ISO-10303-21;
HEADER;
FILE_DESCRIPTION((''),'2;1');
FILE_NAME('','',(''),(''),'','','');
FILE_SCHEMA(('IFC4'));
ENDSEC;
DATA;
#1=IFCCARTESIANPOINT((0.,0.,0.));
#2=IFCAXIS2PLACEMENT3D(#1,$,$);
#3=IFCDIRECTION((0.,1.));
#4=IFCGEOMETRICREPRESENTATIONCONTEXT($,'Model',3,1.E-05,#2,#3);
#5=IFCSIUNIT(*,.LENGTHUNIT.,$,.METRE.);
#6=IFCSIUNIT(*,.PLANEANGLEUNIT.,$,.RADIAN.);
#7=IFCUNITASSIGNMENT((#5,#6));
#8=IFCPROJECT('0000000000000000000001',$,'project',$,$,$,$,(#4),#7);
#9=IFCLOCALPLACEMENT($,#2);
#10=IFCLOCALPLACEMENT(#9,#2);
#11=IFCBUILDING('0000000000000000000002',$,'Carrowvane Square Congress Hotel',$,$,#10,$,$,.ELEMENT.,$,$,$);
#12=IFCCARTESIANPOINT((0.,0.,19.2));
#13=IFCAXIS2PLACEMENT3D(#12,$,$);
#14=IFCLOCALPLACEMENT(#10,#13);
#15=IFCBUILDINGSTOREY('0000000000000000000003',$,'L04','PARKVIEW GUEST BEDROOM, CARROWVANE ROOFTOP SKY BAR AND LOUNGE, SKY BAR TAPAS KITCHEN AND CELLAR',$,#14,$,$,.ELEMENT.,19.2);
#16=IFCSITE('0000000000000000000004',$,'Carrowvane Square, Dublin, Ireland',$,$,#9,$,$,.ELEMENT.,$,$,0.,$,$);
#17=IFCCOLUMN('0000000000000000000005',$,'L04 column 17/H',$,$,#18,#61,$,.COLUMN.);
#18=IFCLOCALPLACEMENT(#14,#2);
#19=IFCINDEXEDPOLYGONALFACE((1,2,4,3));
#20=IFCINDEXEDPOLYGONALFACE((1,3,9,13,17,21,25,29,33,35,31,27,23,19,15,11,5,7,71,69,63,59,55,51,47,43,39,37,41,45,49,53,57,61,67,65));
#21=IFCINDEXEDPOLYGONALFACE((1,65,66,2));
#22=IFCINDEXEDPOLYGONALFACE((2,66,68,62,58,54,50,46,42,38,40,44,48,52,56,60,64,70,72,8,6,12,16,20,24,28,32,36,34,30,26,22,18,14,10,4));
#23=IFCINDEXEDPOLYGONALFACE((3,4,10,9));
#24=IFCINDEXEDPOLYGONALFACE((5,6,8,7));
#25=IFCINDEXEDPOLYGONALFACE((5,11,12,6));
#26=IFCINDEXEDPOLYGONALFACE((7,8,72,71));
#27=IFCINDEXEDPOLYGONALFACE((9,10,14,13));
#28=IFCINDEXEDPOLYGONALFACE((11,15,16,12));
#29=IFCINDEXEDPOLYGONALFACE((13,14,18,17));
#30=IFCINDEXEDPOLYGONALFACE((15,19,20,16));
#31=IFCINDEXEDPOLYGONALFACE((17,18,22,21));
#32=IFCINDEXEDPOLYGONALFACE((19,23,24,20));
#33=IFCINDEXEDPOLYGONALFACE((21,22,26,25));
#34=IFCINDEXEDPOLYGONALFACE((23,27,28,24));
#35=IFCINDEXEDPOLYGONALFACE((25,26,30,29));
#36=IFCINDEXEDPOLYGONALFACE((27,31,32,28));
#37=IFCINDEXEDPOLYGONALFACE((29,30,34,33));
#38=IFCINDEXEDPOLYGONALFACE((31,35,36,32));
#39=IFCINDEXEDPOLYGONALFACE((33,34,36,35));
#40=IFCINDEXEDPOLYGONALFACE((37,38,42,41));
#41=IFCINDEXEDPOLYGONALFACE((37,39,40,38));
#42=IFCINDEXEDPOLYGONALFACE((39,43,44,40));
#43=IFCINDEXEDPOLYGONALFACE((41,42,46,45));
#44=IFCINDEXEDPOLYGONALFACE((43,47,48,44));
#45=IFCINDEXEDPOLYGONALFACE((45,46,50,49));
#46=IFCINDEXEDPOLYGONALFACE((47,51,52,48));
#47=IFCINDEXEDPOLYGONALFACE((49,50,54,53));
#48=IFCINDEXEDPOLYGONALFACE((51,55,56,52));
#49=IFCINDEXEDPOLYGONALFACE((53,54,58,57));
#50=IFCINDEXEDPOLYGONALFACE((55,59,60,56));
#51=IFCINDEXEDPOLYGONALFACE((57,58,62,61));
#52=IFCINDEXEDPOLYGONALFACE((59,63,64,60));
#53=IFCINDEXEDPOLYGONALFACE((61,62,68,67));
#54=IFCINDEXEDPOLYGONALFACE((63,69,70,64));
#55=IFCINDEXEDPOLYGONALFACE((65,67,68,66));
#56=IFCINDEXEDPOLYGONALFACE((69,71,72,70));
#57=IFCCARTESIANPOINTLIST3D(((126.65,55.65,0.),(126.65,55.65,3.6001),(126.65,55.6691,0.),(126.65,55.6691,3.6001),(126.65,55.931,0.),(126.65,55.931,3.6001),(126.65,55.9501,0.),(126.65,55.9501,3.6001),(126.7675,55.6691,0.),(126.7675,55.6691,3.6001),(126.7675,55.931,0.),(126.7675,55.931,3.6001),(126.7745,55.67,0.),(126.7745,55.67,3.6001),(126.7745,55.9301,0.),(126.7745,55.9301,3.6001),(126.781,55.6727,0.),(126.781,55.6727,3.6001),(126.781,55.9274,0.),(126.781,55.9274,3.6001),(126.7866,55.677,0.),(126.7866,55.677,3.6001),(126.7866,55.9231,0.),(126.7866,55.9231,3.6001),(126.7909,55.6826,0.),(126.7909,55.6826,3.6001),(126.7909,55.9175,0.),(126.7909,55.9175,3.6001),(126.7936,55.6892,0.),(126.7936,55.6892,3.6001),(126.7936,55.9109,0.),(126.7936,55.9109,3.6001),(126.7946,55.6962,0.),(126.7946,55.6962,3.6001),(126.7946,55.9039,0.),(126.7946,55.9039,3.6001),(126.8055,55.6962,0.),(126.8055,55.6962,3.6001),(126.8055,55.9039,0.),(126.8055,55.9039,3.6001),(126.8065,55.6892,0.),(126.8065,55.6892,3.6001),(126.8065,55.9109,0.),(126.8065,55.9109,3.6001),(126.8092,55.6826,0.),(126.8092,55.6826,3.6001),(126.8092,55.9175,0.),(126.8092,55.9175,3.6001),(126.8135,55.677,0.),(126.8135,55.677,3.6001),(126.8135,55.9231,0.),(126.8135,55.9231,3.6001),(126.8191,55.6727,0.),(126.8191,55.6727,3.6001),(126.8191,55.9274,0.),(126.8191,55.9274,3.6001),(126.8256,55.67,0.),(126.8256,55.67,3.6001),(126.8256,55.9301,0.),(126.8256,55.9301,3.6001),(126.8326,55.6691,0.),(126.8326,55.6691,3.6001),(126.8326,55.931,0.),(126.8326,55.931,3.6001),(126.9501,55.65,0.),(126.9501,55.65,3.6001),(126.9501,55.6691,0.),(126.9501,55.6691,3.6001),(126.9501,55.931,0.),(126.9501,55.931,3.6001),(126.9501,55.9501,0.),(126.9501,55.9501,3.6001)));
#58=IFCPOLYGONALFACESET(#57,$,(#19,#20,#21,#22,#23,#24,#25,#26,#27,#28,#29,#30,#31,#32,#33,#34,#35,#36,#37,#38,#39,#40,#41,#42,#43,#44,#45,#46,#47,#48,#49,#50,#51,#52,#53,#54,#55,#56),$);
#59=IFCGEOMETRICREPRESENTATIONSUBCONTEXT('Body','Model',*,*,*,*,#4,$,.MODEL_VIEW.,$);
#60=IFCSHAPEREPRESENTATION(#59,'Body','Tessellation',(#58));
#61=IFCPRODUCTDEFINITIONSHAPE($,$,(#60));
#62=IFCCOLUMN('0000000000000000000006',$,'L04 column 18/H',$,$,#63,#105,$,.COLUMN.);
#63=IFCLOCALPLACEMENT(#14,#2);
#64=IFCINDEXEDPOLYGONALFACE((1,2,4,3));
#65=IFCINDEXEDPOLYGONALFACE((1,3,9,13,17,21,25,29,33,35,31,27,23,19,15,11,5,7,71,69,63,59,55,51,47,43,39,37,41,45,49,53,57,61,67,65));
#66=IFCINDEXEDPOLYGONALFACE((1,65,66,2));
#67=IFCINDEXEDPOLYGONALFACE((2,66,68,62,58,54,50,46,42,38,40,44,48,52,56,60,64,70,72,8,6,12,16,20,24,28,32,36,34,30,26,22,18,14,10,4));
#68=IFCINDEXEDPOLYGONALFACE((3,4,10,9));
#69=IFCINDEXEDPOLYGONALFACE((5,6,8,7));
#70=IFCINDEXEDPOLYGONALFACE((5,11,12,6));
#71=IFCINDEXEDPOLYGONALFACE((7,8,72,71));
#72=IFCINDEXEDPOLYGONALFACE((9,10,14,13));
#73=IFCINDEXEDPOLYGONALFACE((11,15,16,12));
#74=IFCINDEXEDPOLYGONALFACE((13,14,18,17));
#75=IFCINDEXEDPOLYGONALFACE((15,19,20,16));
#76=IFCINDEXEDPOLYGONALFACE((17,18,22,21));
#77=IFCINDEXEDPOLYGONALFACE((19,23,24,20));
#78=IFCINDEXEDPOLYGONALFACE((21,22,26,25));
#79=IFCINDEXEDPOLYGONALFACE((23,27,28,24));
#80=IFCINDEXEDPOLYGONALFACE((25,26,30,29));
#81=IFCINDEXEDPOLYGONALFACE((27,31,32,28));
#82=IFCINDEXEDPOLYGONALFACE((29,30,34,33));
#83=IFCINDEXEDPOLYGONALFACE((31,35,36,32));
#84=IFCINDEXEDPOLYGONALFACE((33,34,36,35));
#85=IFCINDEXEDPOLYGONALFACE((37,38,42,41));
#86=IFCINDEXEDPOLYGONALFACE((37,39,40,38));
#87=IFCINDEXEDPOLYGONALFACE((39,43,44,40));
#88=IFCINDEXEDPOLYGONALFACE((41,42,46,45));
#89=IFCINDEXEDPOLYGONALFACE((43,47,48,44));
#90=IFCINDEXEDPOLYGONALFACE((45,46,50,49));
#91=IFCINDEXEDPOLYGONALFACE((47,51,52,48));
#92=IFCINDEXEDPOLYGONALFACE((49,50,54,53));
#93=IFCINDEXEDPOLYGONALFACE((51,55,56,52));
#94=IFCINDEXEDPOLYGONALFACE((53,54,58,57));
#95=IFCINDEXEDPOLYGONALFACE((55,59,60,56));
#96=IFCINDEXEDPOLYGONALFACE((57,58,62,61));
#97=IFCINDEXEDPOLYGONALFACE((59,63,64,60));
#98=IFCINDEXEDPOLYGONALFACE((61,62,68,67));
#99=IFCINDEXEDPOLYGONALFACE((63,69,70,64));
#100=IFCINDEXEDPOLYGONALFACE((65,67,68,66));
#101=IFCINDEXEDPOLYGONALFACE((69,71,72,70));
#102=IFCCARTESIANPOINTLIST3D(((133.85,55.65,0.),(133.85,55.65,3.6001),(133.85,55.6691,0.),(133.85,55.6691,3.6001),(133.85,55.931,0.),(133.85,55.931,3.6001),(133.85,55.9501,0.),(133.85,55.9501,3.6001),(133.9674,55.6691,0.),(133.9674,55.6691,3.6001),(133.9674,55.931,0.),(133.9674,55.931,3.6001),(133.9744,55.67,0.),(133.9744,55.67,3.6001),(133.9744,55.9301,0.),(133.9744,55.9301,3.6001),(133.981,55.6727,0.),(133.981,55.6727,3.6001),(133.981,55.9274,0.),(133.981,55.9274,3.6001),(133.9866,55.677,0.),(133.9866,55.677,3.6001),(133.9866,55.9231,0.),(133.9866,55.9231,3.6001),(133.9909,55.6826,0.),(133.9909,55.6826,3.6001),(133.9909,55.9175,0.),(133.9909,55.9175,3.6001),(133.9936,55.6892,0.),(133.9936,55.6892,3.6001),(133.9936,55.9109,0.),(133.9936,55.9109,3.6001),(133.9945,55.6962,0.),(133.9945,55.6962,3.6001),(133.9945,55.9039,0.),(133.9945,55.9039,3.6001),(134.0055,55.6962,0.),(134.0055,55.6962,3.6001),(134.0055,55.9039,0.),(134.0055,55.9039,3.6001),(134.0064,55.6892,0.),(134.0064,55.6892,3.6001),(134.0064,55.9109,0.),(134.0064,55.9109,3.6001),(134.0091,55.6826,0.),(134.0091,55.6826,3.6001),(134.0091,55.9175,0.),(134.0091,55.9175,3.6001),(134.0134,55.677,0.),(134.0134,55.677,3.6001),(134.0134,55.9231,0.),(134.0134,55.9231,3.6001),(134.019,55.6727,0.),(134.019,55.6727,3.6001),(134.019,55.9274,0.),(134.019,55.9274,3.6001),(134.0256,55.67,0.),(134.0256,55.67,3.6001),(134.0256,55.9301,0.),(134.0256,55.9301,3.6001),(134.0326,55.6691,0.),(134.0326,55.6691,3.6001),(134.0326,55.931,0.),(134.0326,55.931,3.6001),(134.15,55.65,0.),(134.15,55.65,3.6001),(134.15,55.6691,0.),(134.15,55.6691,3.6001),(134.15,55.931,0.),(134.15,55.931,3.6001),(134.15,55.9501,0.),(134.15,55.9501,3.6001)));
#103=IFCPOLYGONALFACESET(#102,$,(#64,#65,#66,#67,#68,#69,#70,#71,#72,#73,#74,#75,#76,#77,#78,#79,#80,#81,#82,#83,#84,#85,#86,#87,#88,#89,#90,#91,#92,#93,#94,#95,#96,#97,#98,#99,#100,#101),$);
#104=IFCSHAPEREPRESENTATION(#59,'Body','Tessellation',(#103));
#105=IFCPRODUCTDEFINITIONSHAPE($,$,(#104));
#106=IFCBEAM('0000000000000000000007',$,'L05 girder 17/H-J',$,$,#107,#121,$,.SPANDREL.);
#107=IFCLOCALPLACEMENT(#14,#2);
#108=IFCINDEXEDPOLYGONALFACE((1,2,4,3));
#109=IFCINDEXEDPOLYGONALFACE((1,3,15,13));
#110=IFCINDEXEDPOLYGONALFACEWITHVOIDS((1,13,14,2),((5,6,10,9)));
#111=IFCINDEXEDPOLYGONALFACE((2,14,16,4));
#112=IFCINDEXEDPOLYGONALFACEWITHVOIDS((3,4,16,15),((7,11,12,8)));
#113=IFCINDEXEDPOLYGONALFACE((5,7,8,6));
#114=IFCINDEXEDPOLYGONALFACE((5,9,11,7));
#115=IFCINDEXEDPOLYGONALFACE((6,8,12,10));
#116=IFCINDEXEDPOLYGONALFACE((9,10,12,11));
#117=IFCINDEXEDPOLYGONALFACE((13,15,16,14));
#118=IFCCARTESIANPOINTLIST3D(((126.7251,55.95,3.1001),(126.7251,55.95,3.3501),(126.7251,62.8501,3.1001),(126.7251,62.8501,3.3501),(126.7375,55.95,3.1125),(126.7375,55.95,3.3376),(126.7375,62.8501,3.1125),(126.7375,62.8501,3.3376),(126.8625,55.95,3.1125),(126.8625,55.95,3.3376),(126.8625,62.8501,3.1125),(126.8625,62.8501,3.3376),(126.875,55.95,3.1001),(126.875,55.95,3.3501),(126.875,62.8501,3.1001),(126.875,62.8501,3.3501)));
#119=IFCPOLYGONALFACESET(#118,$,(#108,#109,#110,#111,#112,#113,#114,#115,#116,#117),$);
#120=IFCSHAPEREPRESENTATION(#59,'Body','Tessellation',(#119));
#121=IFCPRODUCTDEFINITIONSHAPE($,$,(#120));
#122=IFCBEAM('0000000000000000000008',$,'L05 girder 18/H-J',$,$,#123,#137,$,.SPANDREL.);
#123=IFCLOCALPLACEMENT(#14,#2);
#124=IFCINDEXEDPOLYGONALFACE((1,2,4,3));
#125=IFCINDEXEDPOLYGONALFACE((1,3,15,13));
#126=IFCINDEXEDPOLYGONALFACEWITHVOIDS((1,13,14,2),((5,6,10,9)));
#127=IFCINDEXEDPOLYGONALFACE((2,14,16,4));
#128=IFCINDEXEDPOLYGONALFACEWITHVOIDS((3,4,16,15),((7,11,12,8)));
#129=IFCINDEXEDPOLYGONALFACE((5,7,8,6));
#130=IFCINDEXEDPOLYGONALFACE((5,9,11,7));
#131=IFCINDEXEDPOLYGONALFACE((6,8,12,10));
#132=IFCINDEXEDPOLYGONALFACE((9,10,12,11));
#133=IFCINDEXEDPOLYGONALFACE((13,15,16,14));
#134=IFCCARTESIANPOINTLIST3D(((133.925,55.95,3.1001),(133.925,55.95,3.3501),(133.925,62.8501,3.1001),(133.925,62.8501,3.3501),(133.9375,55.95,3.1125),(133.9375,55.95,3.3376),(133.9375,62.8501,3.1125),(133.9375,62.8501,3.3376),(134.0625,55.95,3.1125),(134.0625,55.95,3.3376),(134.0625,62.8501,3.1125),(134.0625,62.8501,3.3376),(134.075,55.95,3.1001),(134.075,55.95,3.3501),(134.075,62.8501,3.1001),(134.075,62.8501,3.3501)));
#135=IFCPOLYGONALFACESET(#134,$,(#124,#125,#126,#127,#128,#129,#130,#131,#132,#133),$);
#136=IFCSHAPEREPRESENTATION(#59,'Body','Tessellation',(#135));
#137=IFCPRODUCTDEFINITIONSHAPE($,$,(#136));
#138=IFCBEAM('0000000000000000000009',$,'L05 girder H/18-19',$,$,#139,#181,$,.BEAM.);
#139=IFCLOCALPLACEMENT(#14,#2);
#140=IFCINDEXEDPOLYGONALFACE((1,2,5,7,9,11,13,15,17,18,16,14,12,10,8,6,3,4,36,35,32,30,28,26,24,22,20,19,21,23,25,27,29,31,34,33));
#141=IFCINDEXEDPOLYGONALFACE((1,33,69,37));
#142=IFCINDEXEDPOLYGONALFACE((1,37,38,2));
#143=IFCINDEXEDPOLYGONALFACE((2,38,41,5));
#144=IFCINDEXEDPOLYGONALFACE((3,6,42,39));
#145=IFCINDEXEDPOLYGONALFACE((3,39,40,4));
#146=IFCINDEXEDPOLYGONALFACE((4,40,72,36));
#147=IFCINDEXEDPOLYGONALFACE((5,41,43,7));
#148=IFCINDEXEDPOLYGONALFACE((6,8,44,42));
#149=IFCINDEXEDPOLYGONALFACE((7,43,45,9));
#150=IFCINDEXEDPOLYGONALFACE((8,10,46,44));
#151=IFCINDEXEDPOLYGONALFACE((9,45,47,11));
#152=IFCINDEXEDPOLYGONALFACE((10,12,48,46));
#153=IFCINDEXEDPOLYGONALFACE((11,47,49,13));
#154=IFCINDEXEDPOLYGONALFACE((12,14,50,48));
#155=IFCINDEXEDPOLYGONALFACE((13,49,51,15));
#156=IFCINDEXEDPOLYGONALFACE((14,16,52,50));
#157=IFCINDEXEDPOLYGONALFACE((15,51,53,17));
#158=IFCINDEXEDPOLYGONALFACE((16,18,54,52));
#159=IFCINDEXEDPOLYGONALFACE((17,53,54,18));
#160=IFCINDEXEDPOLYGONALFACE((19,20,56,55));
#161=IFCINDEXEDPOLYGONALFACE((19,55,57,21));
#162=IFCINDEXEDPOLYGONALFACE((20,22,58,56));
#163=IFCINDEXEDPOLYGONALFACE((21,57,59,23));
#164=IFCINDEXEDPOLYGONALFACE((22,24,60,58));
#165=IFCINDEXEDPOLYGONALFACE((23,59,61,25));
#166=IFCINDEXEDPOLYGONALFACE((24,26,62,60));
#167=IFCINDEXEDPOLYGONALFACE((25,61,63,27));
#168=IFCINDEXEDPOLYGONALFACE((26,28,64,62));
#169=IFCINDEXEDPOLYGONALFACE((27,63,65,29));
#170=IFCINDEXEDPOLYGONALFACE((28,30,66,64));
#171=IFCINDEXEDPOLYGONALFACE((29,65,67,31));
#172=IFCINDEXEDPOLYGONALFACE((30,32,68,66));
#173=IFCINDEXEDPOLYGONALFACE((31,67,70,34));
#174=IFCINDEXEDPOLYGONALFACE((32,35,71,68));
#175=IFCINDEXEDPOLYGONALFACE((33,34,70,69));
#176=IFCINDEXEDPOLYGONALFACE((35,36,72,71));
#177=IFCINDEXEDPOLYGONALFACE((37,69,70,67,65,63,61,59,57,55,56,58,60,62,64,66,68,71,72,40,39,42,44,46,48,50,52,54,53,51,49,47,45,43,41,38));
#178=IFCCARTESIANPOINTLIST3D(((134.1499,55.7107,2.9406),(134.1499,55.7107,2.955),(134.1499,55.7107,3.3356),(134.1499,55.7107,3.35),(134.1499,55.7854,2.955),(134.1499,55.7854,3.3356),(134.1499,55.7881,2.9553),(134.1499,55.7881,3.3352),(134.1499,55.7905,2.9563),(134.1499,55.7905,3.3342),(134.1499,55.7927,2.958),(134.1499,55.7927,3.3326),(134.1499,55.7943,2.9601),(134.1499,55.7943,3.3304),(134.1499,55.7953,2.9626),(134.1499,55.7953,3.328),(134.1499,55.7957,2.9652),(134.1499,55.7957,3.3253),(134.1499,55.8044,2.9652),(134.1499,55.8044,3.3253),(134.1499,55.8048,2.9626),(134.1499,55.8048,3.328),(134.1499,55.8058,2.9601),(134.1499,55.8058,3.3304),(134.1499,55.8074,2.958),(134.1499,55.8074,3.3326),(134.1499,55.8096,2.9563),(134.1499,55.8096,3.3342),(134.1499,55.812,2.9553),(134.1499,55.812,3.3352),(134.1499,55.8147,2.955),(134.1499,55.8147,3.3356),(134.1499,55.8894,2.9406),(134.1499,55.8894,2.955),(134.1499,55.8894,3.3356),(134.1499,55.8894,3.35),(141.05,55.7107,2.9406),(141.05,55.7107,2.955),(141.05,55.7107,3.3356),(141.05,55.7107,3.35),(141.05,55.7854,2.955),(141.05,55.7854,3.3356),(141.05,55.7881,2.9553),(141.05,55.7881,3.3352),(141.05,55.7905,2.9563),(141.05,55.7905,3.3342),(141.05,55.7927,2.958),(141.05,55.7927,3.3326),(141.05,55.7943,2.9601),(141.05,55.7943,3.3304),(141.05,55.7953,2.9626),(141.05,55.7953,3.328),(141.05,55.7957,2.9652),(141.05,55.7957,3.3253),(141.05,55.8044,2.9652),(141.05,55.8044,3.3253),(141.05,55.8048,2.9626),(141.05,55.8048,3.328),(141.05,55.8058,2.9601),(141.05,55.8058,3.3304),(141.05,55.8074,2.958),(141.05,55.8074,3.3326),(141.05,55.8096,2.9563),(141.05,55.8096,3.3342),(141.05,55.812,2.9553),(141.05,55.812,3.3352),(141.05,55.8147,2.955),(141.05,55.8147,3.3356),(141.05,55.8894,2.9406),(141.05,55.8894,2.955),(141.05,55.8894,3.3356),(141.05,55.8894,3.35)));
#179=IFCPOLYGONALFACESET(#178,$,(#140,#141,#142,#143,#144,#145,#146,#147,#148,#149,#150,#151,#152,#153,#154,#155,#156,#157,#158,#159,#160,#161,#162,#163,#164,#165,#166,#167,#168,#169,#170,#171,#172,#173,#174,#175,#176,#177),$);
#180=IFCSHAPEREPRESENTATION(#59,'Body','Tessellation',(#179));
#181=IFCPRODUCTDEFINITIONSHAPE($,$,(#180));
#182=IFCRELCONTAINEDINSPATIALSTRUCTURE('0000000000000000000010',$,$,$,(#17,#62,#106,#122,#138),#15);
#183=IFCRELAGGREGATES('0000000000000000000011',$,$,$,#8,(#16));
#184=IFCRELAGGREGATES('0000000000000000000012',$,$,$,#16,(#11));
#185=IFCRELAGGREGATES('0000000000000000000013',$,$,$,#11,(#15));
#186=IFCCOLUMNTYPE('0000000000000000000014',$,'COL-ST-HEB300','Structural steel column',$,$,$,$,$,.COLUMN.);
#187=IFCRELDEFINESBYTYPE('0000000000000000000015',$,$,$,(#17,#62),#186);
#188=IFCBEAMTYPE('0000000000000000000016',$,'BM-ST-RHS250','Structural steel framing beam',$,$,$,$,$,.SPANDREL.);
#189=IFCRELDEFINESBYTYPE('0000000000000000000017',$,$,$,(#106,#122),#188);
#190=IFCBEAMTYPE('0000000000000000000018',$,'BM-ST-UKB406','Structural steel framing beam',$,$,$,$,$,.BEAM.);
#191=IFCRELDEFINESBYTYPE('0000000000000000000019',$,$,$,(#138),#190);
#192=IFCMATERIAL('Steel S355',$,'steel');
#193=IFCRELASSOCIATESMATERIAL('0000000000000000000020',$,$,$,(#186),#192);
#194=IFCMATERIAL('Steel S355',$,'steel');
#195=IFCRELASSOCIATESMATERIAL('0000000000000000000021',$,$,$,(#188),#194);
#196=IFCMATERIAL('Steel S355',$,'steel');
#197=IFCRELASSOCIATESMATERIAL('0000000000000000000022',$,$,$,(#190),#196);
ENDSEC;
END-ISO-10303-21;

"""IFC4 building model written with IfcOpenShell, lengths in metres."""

from ifc_helpers import new_model, si_unit, direction, frame, origin, origin_2d, place, context, subcontext, project, spatial, hollow_rectangle, i_section, extrude, material, material_profile, profile_set, type_object, element, save


model = new_model("IFC4")

# Units and contexts
model_context = context("Model", 3, precision=1e-05, world=origin(), true_north=direction((0.0, 1.0)))
body_context = subcontext(model_context, "Body", "Model", "MODEL_VIEW")
ifc_project = project(units=[si_unit("LENGTHUNIT", "METRE"), si_unit("PLANEANGLEUNIT", "RADIAN")], contexts=[model_context])

# Site, building, storey
site_placement = place(None, origin())
site = spatial("IfcSite", under=ifc_project, at=site_placement, Name="Carrowvane Square, Dublin, Ireland", CompositionType="ELEMENT", RefElevation=0.0)
building_placement = place(site_placement, origin())
building = spatial("IfcBuilding", under=site, at=building_placement, Name="Carrowvane Square Congress Hotel", CompositionType="ELEMENT")
storey_placement = place(building_placement, frame((0.0, 0.0, 19.2)))
storey = spatial("IfcBuildingStorey", under=building, at=storey_placement, Name="L04", Description="PARKVIEW GUEST BEDROOM, CARROWVANE ROOFTOP SKY BAR AND LOUNGE, SKY BAR TAPAS KITCHEN AND CELLAR", CompositionType="ELEMENT", Elevation=19.2)

# Columns
ifc_material_1 = material(Name="Steel S355", Category="steel")
ifc_material_profile_1 = material_profile(ifc_material_1, i_section(OverallWidth=0.3, OverallDepth=0.3, WebThickness=0.011, FlangeThickness=0.019, FilletRadius=0.0271, at=origin_2d()), Name="HEB 300")
ifc_profile_set_1 = profile_set([ifc_material_profile_1], Name="Steel S355")
column_type = type_object("IfcColumnType", Name="COL-ST-HEB300", Description="Structural steel column", PredefinedType="COLUMN", material=ifc_profile_set_1)
for number, where, z_axis, x_axis, name in (
    (1, (126.8, 55.8, 0.0), (0.0, 0.0, 1.0), (1.0, 0.0, 0.0), "L04 column 17/H"),
    (2, (134.0, 55.8, 0.0), (0.0, 0.0, 1.0), (1.0, 0.0, 0.0), "L04 column 18/H"),
):
    element("IfcColumn", number, at=place(storey_placement, frame(where, z_axis=z_axis, x_axis=x_axis)), inside=storey, type_object=column_type, Name=name, PredefinedType="COLUMN", context=body_context, shape_type="SweptSolid", body=[
        extrude(i_section(OverallWidth=0.3, OverallDepth=0.3, WebThickness=0.011, FlangeThickness=0.019, FilletRadius=0.0271, at=origin_2d()), origin(), (0.0, 0.0, 1.0), 3.6001),
    ])

# Beams
ifc_material_2 = material(Name="Steel S355", Category="steel")
ifc_material_profile_2 = material_profile(ifc_material_2, hollow_rectangle(XDim=0.1499, YDim=0.25, WallThickness=0.0125, at=origin_2d()), Name="RHS 250x150x12.5")
ifc_profile_set_2 = profile_set([ifc_material_profile_2], Name="Steel S355")
beam_type_1 = type_object("IfcBeamType", Name="BM-ST-RHS250", Description="Structural steel framing beam", PredefinedType="SPANDREL", material=ifc_profile_set_2)
for number, where, z_axis, x_axis, name in (
    (3, (126.8, 55.95, 3.2251), (0.0, 1.0, 0.0), (-1.0, 0.0, 0.0), "L05 girder 17/H-J"),
    (4, (134.0, 55.95, 3.2251), (0.0, 1.0, 0.0), (-1.0, 0.0, 0.0), "L05 girder 18/H-J"),
):
    element("IfcBeam", number, at=place(storey_placement, frame(where, z_axis=z_axis, x_axis=x_axis)), inside=storey, type_object=beam_type_1, Name=name, PredefinedType="SPANDREL", context=body_context, shape_type="SweptSolid", body=[
        extrude(hollow_rectangle(XDim=0.1499, YDim=0.25, WallThickness=0.0125, at=origin_2d()), origin(), (0.0, 0.0, 1.0), 6.9001),
    ])
ifc_material_3 = material(Name="Steel S355", Category="steel")
ifc_material_profile_3 = material_profile(ifc_material_3, i_section(OverallWidth=0.1787, OverallDepth=0.4094, WebThickness=0.0088, FlangeThickness=0.0144, FilletRadius=0.0103, at=origin_2d()), Name="UKB 406x178x67")
ifc_profile_set_3 = profile_set([ifc_material_profile_3], Name="Steel S355")
beam_type_2 = type_object("IfcBeamType", Name="BM-ST-UKB406", Description="Structural steel framing beam", PredefinedType="BEAM", material=ifc_profile_set_3)
beam_1_placement = place(storey_placement, frame((134.1499, 55.8, 3.1453), z_axis=(1.0, 0.0, 0.0), x_axis=(0.0, 1.0, 0.0)))
element("IfcBeam", 5, at=beam_1_placement, inside=storey, type_object=beam_type_2, Name="L05 girder H/18-19", PredefinedType="BEAM", context=body_context, shape_type="SweptSolid", body=[
    extrude(i_section(OverallWidth=0.1787, OverallDepth=0.4094, WebThickness=0.0088, FlangeThickness=0.0144, FilletRadius=0.0103, at=origin_2d()), origin(), (0.0, 0.0, 1.0), 6.9001),
])

save(model, "model.ifc")
